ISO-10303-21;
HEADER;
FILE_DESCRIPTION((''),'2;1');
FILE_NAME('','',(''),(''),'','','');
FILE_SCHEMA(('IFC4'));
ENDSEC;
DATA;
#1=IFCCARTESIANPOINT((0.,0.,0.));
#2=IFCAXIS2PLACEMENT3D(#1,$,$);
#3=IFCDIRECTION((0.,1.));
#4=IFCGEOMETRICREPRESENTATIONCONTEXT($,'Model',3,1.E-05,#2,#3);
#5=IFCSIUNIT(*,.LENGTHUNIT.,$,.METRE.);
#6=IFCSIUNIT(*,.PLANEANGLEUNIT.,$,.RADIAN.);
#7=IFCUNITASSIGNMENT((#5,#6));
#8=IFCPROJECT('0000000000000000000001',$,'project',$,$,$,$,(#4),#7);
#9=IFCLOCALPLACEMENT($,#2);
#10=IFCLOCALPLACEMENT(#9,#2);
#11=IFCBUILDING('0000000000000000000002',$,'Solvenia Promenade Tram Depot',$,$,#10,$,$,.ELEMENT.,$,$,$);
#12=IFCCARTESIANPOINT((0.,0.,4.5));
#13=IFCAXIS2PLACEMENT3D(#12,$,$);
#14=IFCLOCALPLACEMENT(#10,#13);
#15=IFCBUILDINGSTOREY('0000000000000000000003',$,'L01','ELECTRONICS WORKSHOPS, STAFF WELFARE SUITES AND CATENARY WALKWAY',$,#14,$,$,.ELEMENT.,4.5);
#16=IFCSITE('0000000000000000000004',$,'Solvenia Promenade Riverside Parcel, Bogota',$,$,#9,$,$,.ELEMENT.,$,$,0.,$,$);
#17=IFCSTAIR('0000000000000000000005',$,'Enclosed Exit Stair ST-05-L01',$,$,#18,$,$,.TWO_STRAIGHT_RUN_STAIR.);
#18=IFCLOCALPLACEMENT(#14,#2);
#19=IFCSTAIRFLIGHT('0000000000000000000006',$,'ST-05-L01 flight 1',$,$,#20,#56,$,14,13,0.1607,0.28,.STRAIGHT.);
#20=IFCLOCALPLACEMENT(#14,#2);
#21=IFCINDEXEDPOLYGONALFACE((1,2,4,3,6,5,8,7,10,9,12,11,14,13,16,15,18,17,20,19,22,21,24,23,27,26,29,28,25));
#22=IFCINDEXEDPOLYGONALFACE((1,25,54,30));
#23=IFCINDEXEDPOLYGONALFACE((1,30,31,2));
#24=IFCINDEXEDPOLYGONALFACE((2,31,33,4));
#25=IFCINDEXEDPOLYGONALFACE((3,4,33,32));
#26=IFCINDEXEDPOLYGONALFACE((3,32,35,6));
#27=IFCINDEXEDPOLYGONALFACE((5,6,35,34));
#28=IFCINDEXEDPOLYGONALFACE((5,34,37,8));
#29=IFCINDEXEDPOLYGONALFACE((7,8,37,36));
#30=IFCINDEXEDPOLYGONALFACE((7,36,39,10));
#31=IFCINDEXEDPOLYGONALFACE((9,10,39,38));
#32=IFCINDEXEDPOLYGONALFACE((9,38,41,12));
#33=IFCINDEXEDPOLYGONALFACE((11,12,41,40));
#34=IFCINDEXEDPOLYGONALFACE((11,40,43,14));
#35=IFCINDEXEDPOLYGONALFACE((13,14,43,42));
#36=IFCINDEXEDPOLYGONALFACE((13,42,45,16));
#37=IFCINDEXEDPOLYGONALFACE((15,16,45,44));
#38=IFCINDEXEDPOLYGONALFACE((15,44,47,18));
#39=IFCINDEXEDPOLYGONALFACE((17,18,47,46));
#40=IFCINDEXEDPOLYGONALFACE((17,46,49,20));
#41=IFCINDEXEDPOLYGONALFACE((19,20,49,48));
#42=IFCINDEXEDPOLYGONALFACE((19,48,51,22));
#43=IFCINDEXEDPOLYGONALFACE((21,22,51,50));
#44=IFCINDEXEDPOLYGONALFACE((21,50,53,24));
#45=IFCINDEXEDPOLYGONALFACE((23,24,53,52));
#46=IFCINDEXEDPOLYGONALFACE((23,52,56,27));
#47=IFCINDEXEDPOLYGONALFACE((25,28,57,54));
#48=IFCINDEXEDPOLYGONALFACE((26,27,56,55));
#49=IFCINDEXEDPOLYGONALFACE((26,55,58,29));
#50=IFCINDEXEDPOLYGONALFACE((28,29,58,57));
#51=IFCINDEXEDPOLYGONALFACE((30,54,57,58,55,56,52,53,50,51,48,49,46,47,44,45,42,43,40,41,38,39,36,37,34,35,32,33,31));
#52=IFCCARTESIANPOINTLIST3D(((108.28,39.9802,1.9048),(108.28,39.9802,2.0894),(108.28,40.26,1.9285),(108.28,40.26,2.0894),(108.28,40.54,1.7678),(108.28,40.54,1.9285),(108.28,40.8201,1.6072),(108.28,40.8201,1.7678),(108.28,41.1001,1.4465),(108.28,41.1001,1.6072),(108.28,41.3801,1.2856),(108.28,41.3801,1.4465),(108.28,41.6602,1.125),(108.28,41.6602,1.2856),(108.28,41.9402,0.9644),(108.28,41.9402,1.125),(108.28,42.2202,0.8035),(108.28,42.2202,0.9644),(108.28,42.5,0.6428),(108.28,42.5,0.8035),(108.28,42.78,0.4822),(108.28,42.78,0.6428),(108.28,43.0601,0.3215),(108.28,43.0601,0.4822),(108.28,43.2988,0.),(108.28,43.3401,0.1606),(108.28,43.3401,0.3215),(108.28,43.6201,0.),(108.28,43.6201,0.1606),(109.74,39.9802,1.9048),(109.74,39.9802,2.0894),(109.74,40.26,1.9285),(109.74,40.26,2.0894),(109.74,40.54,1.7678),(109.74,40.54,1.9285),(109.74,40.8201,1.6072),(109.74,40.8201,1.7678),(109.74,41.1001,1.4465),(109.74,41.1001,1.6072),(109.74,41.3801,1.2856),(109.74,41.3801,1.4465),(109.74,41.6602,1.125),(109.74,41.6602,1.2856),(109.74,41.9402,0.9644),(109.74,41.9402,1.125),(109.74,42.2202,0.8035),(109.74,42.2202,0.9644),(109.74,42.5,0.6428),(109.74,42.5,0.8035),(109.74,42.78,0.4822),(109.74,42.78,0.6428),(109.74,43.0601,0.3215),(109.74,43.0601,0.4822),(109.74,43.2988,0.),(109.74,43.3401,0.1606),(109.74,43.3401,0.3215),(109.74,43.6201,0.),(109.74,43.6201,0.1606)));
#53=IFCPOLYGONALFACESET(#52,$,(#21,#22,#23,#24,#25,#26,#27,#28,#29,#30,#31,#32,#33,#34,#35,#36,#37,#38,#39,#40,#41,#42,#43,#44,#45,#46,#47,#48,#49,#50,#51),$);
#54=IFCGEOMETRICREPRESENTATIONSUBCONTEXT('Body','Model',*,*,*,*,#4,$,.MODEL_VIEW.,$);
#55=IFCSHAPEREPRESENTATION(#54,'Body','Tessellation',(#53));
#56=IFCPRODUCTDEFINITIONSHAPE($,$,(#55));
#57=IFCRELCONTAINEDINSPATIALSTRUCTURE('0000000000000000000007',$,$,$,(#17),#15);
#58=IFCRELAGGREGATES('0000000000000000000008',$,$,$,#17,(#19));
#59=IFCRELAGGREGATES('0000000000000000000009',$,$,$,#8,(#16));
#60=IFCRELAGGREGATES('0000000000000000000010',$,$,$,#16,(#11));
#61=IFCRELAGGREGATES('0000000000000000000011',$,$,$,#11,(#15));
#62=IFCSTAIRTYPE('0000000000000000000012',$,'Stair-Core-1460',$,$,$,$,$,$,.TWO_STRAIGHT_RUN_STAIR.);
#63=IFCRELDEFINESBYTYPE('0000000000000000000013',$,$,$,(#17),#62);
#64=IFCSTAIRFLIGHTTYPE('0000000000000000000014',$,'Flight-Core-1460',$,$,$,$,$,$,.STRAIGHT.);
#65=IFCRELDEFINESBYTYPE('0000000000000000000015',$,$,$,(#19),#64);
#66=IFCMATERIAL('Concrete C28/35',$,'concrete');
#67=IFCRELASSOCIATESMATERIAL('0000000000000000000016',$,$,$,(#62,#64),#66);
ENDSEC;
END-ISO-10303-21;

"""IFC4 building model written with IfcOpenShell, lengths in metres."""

from ifc_helpers import new_model, si_unit, direction, frame, origin, place, context, subcontext, project, spatial, polyline, outline, extrude, material, type_object, element, aggregate, save


model = new_model("IFC4")

# Units and contexts
model_context = context("Model", 3, precision=1e-05, world=origin(), true_north=direction((0.0, 1.0)))
body_context = subcontext(model_context, "Body", "Model", "MODEL_VIEW")
ifc_project = project(units=[si_unit("LENGTHUNIT", "METRE"), si_unit("PLANEANGLEUNIT", "RADIAN")], contexts=[model_context])

# Site, building, storey
site_placement = place(None, origin())
site = spatial("IfcSite", under=ifc_project, at=site_placement, Name="Solvenia Promenade Riverside Parcel, Bogota", CompositionType="ELEMENT", RefElevation=0.0)
building_placement = place(site_placement, origin())
building = spatial("IfcBuilding", under=site, at=building_placement, Name="Solvenia Promenade Tram Depot", CompositionType="ELEMENT")
storey_placement = place(building_placement, frame((0.0, 0.0, 4.5)))
storey = spatial("IfcBuildingStorey", under=building, at=storey_placement, Name="L01", Description="ELECTRONICS WORKSHOPS, STAFF WELFARE SUITES AND CATENARY WALKWAY", CompositionType="ELEMENT", Elevation=4.5)

# Stair, stair flight
ifc_material_1 = material(Name="Concrete C28/35", Category="concrete")
stair_type = type_object("IfcStairType", Name="Stair-Core-1460", PredefinedType="TWO_STRAIGHT_RUN_STAIR", material=ifc_material_1)
stair_placement = place(storey_placement, origin())
stair = element("IfcStair", 1, at=stair_placement, inside=storey, type_object=stair_type, Name="Enclosed Exit Stair ST-05-L01", PredefinedType="TWO_STRAIGHT_RUN_STAIR")
stair_flight_type = type_object("IfcStairFlightType", Name="Flight-Core-1460", PredefinedType="STRAIGHT", material=ifc_material_1)
stair_flight_placement = place(storey_placement, frame((109.01, 43.6201, 0.0), z_axis=(0.0, 0.0, 1.0), x_axis=(0.0, -1.0, 0.0)))
stair_flight = element("IfcStairFlight", 2, at=stair_flight_placement, type_object=stair_flight_type, Name="ST-05-L01 flight 1", NumberOfRisers=14, NumberOfTreads=13, PredefinedType="STRAIGHT", RiserHeight=0.1607, TreadLength=0.28, context=body_context, shape_type="SweptSolid", body=[
    extrude(outline(polyline([(0.0, 0.0), (0.0, 0.1606), (0.28, 0.1606), (0.28, 0.3215), (0.5601, 0.3215), (0.5601, 0.4822), (0.8401, 0.4822), (0.8401, 0.6428), (1.1201, 0.6428), (1.1201, 0.8035), (1.3999, 0.8035), (1.3999, 0.9644), (1.6799, 0.9644), (1.6799, 1.125), (1.96, 1.125), (1.96, 1.2856), (2.24, 1.2856), (2.24, 1.4465), (2.52, 1.4465), (2.52, 1.6072), (2.8, 1.6072), (2.8, 1.7678), (3.0801, 1.7678), (3.0801, 1.9285), (3.3601, 1.9285), (3.3601, 2.0894), (3.6399, 2.0894), (3.6399, 2.25), (3.6399, 1.9048), (0.3213, 0.0), (0.0, 0.0)])), frame((0.0, 0.73, 0.0), z_axis=(0.0, -1.0, 0.0), x_axis=(1.0, 0.0, 0.0)), (0.0, 0.0, 1.0), 1.46),
])
aggregate(stair, [stair_flight])

save(model, "model.ifc")
